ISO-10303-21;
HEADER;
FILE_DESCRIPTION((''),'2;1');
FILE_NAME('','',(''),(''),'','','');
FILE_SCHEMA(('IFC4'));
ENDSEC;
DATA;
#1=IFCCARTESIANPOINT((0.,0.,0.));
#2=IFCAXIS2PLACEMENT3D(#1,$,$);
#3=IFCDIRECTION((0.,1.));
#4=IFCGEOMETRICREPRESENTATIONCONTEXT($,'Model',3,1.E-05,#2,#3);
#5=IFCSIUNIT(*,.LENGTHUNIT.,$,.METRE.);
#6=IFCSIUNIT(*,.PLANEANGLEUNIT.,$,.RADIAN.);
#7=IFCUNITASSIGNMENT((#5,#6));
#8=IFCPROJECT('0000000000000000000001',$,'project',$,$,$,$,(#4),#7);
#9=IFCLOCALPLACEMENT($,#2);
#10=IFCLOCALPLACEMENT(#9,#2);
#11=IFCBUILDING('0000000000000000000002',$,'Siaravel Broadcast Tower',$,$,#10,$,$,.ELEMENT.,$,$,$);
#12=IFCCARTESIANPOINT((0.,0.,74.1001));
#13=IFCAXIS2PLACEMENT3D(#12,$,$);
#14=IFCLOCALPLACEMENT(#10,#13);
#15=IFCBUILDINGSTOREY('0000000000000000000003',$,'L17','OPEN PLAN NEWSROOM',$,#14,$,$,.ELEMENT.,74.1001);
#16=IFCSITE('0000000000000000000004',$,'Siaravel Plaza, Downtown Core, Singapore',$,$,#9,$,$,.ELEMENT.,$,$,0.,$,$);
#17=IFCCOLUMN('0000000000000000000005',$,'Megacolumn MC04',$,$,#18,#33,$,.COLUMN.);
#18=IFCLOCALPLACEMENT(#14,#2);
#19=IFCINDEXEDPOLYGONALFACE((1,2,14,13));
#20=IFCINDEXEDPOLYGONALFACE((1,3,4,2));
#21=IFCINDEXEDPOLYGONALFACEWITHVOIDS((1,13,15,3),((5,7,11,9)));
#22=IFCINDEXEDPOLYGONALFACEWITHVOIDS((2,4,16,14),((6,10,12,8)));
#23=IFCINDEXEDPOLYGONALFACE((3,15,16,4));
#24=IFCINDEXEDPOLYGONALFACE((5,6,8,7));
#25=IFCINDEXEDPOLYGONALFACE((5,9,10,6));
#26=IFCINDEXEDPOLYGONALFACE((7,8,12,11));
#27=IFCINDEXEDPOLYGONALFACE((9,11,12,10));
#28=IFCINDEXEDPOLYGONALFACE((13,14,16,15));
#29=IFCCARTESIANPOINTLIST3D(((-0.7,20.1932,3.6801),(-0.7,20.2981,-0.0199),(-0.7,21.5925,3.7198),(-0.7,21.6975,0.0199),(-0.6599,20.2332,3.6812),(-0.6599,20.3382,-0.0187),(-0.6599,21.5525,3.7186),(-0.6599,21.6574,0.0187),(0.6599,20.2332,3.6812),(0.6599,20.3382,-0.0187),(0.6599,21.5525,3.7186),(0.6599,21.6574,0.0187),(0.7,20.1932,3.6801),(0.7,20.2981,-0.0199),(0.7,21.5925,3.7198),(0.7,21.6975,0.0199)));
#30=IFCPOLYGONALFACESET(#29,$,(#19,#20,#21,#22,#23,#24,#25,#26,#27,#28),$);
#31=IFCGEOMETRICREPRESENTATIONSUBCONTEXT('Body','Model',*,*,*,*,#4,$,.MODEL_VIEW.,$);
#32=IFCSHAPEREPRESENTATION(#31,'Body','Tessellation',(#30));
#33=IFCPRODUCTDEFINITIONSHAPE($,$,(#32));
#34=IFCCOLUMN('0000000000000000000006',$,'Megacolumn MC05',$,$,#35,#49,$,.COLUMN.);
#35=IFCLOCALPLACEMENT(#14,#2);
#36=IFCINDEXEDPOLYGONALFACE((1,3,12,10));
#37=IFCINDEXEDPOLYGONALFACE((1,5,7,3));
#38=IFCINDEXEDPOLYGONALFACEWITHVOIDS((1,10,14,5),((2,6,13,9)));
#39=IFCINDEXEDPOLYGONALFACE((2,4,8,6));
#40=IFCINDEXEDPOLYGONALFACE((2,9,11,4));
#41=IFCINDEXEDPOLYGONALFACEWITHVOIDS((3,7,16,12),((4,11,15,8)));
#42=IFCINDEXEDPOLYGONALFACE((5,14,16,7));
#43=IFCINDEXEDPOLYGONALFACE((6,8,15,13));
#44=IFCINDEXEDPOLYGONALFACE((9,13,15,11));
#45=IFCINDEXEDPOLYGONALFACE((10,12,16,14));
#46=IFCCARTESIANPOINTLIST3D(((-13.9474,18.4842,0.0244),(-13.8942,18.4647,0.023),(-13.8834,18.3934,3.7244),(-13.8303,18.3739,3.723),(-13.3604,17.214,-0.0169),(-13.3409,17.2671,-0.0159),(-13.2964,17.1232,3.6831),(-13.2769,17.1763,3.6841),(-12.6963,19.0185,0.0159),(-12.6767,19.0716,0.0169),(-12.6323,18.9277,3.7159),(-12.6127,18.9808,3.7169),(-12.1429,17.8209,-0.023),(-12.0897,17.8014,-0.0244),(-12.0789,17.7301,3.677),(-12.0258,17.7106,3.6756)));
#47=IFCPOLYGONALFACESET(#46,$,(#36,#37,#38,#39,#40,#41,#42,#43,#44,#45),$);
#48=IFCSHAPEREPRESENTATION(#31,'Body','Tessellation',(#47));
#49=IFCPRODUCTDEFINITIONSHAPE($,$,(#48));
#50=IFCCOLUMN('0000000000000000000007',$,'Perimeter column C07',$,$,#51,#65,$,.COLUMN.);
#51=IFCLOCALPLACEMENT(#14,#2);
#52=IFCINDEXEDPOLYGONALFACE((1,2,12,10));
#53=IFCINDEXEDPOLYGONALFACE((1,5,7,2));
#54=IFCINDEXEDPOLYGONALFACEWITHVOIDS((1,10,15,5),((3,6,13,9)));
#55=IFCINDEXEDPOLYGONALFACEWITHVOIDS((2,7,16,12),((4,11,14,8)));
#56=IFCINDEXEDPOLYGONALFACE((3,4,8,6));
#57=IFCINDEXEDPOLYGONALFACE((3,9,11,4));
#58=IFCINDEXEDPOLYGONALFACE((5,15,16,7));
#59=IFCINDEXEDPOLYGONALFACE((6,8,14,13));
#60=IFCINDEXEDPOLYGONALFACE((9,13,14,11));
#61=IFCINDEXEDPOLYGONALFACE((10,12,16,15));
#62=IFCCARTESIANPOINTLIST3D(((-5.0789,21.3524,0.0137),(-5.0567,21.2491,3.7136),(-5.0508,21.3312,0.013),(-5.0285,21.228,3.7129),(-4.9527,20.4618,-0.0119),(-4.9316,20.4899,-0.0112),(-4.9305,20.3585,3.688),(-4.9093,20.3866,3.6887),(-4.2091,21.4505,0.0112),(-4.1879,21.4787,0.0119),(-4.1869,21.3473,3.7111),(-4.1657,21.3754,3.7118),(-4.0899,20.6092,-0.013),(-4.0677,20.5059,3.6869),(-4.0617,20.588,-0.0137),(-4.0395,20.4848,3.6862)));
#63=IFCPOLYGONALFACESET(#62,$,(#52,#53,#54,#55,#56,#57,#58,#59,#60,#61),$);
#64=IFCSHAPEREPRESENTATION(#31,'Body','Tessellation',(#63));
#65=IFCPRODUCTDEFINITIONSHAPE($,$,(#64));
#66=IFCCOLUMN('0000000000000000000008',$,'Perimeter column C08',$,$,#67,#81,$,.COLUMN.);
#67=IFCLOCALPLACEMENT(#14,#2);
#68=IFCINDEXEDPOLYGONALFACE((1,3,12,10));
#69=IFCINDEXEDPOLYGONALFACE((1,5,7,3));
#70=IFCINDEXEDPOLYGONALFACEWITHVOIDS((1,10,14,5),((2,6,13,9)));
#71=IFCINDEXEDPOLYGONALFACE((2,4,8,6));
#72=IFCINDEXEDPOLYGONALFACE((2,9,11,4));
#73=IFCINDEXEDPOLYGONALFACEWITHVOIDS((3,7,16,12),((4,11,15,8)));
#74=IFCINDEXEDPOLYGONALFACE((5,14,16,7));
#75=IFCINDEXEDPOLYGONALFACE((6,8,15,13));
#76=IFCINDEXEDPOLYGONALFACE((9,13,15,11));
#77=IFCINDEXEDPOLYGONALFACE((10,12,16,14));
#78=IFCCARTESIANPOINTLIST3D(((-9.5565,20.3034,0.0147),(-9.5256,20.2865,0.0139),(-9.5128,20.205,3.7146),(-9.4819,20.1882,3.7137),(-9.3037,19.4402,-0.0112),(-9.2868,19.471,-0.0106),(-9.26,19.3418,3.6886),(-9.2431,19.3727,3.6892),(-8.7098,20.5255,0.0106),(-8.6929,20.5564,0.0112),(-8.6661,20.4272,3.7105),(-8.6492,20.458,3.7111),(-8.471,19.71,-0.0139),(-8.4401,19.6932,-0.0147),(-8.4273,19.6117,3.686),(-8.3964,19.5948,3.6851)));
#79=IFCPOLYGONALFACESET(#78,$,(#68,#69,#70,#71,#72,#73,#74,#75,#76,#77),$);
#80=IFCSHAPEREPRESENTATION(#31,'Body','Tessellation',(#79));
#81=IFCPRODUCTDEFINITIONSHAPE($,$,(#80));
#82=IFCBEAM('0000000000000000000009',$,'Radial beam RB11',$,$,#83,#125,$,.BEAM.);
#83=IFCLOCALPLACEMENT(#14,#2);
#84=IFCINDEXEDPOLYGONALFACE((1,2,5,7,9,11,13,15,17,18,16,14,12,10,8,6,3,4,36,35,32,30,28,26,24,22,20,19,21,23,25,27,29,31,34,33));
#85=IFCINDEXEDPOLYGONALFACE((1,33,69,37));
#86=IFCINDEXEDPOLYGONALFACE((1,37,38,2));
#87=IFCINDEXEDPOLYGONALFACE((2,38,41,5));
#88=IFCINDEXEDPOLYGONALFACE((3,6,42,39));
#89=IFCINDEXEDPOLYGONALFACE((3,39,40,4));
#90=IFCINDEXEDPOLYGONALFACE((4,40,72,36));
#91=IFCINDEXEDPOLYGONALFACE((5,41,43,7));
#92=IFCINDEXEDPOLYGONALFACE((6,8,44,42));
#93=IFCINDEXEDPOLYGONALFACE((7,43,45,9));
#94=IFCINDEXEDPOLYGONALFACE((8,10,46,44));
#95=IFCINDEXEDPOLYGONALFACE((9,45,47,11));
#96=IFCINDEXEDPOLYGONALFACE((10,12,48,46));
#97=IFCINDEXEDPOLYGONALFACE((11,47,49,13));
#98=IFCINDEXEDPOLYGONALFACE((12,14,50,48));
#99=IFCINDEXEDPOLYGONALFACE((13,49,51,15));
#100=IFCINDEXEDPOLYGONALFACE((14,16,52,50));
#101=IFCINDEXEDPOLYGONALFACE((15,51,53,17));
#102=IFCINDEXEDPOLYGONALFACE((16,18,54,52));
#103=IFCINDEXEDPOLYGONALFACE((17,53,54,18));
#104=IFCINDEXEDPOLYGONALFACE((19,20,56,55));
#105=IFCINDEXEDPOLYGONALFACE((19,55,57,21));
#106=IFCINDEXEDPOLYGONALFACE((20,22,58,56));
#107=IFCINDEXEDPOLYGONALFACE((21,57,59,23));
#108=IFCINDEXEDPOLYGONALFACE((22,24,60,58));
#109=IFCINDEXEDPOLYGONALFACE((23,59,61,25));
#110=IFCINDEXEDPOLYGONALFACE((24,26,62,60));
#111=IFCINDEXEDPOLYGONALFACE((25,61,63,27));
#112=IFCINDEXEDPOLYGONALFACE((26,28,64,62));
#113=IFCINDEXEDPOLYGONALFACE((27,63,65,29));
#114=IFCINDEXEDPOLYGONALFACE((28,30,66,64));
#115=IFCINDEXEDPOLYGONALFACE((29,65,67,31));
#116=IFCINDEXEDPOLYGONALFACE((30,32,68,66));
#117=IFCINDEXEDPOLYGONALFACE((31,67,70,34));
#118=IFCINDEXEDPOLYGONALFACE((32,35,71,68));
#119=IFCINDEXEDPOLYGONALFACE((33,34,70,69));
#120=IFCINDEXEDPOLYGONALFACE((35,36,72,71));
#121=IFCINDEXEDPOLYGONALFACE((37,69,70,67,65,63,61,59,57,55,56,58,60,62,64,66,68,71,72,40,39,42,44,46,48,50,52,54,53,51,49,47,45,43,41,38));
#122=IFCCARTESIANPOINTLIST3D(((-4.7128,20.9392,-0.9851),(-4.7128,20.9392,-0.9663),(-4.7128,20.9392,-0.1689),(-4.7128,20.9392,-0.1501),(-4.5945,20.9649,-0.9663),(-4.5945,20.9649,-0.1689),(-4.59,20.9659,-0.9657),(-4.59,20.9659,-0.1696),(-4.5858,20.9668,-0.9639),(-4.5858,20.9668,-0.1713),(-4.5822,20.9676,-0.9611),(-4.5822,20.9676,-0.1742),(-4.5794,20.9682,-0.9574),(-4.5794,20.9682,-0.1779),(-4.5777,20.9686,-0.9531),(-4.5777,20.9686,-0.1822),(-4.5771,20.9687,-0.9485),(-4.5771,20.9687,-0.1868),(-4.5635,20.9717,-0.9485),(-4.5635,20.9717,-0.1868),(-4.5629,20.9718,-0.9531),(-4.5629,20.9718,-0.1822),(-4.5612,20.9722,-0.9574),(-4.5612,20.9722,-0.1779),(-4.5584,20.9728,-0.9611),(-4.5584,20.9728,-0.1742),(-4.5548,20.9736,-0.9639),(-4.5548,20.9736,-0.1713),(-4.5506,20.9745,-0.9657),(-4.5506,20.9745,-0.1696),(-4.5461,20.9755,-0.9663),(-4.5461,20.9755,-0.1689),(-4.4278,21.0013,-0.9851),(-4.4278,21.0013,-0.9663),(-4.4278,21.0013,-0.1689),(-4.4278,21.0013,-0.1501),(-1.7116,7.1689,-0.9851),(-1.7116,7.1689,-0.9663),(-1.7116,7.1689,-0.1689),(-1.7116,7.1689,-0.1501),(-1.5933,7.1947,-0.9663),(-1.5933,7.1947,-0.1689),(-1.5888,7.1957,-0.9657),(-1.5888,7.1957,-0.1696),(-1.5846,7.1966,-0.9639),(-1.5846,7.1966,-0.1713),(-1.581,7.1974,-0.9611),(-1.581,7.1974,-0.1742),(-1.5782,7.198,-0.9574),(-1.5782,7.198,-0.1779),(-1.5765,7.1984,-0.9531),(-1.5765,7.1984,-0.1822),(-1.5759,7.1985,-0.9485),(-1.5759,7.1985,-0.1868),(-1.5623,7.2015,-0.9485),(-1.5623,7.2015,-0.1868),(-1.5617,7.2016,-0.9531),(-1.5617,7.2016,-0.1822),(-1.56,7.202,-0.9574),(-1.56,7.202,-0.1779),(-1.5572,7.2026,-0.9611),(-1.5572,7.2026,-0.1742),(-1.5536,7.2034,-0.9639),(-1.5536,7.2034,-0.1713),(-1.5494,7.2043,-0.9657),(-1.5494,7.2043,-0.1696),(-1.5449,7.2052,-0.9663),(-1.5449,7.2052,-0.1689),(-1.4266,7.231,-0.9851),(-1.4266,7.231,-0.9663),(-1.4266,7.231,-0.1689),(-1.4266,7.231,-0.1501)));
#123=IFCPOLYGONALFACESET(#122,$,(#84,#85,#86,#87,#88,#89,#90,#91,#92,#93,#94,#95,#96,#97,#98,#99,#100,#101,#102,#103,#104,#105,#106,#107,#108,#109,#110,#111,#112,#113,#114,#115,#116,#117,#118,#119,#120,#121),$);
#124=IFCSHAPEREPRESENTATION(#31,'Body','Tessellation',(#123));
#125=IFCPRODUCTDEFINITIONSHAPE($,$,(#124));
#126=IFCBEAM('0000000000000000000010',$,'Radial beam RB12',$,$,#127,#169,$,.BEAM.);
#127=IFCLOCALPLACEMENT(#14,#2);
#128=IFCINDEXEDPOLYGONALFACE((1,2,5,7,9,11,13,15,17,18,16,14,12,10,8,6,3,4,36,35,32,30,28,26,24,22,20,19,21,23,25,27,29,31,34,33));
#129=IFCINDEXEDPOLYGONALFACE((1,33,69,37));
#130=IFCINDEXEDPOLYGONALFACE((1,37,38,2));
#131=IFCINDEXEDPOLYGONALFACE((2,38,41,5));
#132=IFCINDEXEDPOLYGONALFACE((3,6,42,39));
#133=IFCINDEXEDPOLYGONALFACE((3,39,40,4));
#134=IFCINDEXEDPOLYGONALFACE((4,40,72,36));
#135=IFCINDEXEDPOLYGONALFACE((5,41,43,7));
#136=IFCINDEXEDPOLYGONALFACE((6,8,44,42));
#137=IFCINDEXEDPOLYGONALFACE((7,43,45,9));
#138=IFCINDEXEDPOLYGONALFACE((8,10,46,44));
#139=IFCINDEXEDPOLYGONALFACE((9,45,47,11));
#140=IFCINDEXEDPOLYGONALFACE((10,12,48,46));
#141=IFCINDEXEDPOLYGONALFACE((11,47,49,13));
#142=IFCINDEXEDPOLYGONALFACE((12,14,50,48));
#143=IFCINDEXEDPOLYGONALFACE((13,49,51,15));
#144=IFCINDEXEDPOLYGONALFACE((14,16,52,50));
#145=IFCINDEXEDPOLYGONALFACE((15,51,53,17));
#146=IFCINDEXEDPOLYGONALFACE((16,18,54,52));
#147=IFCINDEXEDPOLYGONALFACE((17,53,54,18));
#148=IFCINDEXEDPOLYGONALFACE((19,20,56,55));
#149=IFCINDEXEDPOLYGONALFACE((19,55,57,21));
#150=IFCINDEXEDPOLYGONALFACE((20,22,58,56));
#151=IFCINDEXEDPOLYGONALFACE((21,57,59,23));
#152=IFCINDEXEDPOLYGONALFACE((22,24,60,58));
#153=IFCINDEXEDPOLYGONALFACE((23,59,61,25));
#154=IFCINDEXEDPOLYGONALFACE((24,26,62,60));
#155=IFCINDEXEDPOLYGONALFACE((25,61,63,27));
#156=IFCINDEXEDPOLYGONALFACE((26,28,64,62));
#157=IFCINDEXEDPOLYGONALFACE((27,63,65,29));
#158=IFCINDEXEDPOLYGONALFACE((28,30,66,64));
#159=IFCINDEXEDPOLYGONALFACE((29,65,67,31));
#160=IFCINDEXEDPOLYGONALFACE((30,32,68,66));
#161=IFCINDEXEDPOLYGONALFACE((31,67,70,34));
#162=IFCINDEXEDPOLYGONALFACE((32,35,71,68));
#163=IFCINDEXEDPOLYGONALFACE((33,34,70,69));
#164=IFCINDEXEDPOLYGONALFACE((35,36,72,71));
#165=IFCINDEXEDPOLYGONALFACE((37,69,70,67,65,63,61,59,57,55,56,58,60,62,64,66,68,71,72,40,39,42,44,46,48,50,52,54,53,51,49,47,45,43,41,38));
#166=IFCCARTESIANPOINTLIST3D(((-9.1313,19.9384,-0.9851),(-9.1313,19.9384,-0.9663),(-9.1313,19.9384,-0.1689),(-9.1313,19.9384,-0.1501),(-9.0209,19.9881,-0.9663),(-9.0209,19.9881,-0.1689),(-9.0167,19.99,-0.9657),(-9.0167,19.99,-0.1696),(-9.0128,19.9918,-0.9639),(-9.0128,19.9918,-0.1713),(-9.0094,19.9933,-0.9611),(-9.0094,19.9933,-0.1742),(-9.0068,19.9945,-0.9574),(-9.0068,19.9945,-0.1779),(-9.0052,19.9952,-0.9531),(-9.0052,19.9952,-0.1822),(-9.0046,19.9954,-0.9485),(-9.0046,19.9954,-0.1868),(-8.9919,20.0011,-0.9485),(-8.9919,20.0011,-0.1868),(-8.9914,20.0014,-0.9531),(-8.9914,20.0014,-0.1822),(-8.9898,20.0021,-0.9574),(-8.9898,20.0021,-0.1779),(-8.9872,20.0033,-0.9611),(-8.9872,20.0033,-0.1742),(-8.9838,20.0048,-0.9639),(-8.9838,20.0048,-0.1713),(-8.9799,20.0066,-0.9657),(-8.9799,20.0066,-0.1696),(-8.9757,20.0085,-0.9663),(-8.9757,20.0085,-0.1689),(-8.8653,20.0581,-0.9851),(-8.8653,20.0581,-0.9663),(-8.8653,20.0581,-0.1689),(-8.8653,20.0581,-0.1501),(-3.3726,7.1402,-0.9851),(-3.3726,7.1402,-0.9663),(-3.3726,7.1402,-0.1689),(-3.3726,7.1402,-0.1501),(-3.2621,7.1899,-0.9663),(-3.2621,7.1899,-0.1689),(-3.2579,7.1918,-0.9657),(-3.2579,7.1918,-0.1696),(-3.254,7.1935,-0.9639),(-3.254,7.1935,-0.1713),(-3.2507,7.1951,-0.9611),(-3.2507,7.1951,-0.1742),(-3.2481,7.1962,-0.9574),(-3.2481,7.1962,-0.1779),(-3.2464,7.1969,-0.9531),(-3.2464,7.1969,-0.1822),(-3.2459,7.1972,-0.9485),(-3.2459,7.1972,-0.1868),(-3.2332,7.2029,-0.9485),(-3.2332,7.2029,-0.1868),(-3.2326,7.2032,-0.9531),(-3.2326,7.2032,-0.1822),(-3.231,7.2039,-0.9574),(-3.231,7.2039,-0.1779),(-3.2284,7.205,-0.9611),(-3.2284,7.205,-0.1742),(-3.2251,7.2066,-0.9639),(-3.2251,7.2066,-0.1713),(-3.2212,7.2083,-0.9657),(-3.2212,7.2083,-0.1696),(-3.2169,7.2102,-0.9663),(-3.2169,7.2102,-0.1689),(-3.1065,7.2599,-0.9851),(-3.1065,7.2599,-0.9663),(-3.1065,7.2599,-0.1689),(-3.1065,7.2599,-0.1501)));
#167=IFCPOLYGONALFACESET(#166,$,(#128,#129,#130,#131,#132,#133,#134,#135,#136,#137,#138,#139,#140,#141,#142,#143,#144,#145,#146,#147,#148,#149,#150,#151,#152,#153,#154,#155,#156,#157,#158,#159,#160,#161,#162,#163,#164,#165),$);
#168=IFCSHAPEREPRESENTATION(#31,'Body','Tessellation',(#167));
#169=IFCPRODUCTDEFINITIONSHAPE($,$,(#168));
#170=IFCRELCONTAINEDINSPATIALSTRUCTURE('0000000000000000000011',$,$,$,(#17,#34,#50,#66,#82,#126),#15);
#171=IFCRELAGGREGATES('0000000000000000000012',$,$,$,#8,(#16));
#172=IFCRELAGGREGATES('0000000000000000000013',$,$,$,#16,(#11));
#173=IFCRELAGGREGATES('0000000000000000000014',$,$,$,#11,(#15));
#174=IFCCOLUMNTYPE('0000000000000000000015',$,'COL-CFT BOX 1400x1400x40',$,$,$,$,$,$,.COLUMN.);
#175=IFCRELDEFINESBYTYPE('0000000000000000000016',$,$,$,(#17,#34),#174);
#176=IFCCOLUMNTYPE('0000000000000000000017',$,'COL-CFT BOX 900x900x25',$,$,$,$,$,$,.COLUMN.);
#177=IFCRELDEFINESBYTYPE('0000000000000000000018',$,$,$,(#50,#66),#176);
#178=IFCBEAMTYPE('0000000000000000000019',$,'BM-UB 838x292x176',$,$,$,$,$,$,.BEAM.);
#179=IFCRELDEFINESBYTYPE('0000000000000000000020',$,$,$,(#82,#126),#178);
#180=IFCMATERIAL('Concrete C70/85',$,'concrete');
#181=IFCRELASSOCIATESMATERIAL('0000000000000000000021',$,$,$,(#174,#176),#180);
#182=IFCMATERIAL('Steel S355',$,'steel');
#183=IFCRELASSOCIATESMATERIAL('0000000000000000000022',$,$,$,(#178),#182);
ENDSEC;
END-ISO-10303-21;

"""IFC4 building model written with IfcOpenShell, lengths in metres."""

from ifc_helpers import new_model, si_unit, direction, frame, origin, origin_2d, place, context, subcontext, project, spatial, hollow_rectangle, i_section, extrude, material, material_profile, profile_set, type_object, element, save


model = new_model("IFC4")

# Units and contexts
model_context = context("Model", 3, precision=1e-05, world=origin(), true_north=direction((0.0, 1.0)))
body_context = subcontext(model_context, "Body", "Model", "MODEL_VIEW")
ifc_project = project(units=[si_unit("LENGTHUNIT", "METRE"), si_unit("PLANEANGLEUNIT", "RADIAN")], contexts=[model_context])

# Site, building, storey
site_placement = place(None, origin())
site = spatial("IfcSite", under=ifc_project, at=site_placement, Name="Siaravel Plaza, Downtown Core, Singapore", CompositionType="ELEMENT", RefElevation=0.0)
building_placement = place(site_placement, origin())
building = spatial("IfcBuilding", under=site, at=building_placement, Name="Siaravel Broadcast Tower", CompositionType="ELEMENT")
storey_placement = place(building_placement, frame((0.0, 0.0, 74.1001)))
storey = spatial("IfcBuildingStorey", under=building, at=storey_placement, Name="L17", Description="OPEN PLAN NEWSROOM", CompositionType="ELEMENT", Elevation=74.1001)

# Columns
ifc_material_1 = material(Name="Concrete C70/85", Category="concrete")
ifc_material_profile_1 = material_profile(ifc_material_1, hollow_rectangle(XDim=1.3999, YDim=1.3999, WallThickness=0.04, at=origin_2d()))
ifc_profile_set_1 = profile_set([ifc_material_profile_1], Name="Concrete C70/85")
column_type_1 = type_object("IfcColumnType", Name="COL-CFT BOX 1400x1400x40", PredefinedType="COLUMN", material=ifc_profile_set_1)
column_1_placement = place(storey_placement, frame((0.0, 20.9978, 0.0), z_axis=(0.0, -0.028362, 0.999598), x_axis=(1.0, 0.0, 0.0)))
element("IfcColumn", 1, at=column_1_placement, inside=storey, type_object=column_type_1, Name="Megacolumn MC04", PredefinedType="COLUMN", context=body_context, shape_type="SweptSolid", body=[
    extrude(hollow_rectangle(XDim=1.3999, YDim=1.3999, WallThickness=0.04, at=origin_2d()), origin(), (0.0, 0.0, 1.0), 3.7014),
])
column_2_placement = place(storey_placement, frame((-13.0186, 18.1428, 0.0), z_axis=(0.01728, -0.024535, 0.99955), x_axis=(0.907686, 0.419615, -0.005392)))
element("IfcColumn", 2, at=column_2_placement, inside=storey, type_object=column_type_1, Name="Megacolumn MC05", PredefinedType="COLUMN", context=body_context, shape_type="SweptSolid", body=[
    extrude(hollow_rectangle(XDim=1.3999, YDim=1.3999, WallThickness=0.04, at=origin_2d()), origin(), (0.0, 0.0, 1.0), 3.7017),
])
ifc_material_profile_2 = material_profile(ifc_material_1, hollow_rectangle(XDim=0.8999, YDim=0.8999, WallThickness=0.0249, at=origin_2d()))
ifc_profile_set_2 = profile_set([ifc_material_profile_2], Name="Concrete C70/85")
column_type_2 = type_object("IfcColumnType", Name="COL-CFT BOX 900x900x25", PredefinedType="COLUMN", material=ifc_profile_set_2)
for number, where, z_axis, x_axis, name in (
    (3, (-4.5703, 20.9702, 0.0), (0.006002, -0.0279, 0.999593), (0.990103, 0.140325, -0.002029), "Perimeter column C07"),
    (4, (-8.9983, 19.9983, 0.0), (0.011806, -0.026581, 0.999577), (0.959658, 0.281142, -0.003859), "Perimeter column C08"),
):
    element("IfcColumn", number, at=place(storey_placement, frame(where, z_axis=z_axis, x_axis=x_axis)), inside=storey, type_object=column_type_2, Name=name, PredefinedType="COLUMN", context=body_context, shape_type="SweptSolid", body=[
        extrude(hollow_rectangle(XDim=0.8999, YDim=0.8999, WallThickness=0.0249, at=origin_2d()), origin(), (0.0, 0.0, 1.0), 3.7014),
    ])

# Beams
ifc_material_2 = material(Name="Steel S355", Category="steel")
ifc_material_profile_3 = material_profile(ifc_material_2, i_section(OverallWidth=0.2917, OverallDepth=0.835, WebThickness=0.0139, FlangeThickness=0.0188, FilletRadius=0.0178, at=origin_2d()))
ifc_profile_set_3 = profile_set([ifc_material_profile_3], Name="Steel S355")
beam_type = type_object("IfcBeamType", Name="BM-UB 838x292x176", PredefinedType="BEAM", material=ifc_profile_set_3)
beam_1_placement = place(storey_placement, frame((-4.5703, 20.9702, -0.5676), z_axis=(0.21295, -0.977063, 0.0), x_axis=(0.977063, 0.21295, 0.0)))
element("IfcBeam", 5, at=beam_1_placement, inside=storey, type_object=beam_type, Name="Radial beam RB11", PredefinedType="BEAM", context=body_context, shape_type="SweptSolid", body=[
    extrude(i_section(OverallWidth=0.2917, OverallDepth=0.835, WebThickness=0.0139, FlangeThickness=0.0188, FilletRadius=0.0178, at=origin_2d()), origin(), (0.0, 0.0, 1.0), 14.0935),
])
beam_2_placement = place(storey_placement, frame((-8.9983, 19.9983, -0.5676), z_axis=(0.410337, -0.911934, 0.0), x_axis=(0.911934, 0.410337, 0.0)))
element("IfcBeam", 6, at=beam_2_placement, inside=storey, type_object=beam_type, Name="Radial beam RB12", PredefinedType="BEAM", context=body_context, shape_type="SweptSolid", body=[
    extrude(i_section(OverallWidth=0.2917, OverallDepth=0.835, WebThickness=0.0139, FlangeThickness=0.0188, FilletRadius=0.0178, at=origin_2d()), origin(), (0.0, 0.0, 1.0), 14.0342),
])

save(model, "model.ifc")
